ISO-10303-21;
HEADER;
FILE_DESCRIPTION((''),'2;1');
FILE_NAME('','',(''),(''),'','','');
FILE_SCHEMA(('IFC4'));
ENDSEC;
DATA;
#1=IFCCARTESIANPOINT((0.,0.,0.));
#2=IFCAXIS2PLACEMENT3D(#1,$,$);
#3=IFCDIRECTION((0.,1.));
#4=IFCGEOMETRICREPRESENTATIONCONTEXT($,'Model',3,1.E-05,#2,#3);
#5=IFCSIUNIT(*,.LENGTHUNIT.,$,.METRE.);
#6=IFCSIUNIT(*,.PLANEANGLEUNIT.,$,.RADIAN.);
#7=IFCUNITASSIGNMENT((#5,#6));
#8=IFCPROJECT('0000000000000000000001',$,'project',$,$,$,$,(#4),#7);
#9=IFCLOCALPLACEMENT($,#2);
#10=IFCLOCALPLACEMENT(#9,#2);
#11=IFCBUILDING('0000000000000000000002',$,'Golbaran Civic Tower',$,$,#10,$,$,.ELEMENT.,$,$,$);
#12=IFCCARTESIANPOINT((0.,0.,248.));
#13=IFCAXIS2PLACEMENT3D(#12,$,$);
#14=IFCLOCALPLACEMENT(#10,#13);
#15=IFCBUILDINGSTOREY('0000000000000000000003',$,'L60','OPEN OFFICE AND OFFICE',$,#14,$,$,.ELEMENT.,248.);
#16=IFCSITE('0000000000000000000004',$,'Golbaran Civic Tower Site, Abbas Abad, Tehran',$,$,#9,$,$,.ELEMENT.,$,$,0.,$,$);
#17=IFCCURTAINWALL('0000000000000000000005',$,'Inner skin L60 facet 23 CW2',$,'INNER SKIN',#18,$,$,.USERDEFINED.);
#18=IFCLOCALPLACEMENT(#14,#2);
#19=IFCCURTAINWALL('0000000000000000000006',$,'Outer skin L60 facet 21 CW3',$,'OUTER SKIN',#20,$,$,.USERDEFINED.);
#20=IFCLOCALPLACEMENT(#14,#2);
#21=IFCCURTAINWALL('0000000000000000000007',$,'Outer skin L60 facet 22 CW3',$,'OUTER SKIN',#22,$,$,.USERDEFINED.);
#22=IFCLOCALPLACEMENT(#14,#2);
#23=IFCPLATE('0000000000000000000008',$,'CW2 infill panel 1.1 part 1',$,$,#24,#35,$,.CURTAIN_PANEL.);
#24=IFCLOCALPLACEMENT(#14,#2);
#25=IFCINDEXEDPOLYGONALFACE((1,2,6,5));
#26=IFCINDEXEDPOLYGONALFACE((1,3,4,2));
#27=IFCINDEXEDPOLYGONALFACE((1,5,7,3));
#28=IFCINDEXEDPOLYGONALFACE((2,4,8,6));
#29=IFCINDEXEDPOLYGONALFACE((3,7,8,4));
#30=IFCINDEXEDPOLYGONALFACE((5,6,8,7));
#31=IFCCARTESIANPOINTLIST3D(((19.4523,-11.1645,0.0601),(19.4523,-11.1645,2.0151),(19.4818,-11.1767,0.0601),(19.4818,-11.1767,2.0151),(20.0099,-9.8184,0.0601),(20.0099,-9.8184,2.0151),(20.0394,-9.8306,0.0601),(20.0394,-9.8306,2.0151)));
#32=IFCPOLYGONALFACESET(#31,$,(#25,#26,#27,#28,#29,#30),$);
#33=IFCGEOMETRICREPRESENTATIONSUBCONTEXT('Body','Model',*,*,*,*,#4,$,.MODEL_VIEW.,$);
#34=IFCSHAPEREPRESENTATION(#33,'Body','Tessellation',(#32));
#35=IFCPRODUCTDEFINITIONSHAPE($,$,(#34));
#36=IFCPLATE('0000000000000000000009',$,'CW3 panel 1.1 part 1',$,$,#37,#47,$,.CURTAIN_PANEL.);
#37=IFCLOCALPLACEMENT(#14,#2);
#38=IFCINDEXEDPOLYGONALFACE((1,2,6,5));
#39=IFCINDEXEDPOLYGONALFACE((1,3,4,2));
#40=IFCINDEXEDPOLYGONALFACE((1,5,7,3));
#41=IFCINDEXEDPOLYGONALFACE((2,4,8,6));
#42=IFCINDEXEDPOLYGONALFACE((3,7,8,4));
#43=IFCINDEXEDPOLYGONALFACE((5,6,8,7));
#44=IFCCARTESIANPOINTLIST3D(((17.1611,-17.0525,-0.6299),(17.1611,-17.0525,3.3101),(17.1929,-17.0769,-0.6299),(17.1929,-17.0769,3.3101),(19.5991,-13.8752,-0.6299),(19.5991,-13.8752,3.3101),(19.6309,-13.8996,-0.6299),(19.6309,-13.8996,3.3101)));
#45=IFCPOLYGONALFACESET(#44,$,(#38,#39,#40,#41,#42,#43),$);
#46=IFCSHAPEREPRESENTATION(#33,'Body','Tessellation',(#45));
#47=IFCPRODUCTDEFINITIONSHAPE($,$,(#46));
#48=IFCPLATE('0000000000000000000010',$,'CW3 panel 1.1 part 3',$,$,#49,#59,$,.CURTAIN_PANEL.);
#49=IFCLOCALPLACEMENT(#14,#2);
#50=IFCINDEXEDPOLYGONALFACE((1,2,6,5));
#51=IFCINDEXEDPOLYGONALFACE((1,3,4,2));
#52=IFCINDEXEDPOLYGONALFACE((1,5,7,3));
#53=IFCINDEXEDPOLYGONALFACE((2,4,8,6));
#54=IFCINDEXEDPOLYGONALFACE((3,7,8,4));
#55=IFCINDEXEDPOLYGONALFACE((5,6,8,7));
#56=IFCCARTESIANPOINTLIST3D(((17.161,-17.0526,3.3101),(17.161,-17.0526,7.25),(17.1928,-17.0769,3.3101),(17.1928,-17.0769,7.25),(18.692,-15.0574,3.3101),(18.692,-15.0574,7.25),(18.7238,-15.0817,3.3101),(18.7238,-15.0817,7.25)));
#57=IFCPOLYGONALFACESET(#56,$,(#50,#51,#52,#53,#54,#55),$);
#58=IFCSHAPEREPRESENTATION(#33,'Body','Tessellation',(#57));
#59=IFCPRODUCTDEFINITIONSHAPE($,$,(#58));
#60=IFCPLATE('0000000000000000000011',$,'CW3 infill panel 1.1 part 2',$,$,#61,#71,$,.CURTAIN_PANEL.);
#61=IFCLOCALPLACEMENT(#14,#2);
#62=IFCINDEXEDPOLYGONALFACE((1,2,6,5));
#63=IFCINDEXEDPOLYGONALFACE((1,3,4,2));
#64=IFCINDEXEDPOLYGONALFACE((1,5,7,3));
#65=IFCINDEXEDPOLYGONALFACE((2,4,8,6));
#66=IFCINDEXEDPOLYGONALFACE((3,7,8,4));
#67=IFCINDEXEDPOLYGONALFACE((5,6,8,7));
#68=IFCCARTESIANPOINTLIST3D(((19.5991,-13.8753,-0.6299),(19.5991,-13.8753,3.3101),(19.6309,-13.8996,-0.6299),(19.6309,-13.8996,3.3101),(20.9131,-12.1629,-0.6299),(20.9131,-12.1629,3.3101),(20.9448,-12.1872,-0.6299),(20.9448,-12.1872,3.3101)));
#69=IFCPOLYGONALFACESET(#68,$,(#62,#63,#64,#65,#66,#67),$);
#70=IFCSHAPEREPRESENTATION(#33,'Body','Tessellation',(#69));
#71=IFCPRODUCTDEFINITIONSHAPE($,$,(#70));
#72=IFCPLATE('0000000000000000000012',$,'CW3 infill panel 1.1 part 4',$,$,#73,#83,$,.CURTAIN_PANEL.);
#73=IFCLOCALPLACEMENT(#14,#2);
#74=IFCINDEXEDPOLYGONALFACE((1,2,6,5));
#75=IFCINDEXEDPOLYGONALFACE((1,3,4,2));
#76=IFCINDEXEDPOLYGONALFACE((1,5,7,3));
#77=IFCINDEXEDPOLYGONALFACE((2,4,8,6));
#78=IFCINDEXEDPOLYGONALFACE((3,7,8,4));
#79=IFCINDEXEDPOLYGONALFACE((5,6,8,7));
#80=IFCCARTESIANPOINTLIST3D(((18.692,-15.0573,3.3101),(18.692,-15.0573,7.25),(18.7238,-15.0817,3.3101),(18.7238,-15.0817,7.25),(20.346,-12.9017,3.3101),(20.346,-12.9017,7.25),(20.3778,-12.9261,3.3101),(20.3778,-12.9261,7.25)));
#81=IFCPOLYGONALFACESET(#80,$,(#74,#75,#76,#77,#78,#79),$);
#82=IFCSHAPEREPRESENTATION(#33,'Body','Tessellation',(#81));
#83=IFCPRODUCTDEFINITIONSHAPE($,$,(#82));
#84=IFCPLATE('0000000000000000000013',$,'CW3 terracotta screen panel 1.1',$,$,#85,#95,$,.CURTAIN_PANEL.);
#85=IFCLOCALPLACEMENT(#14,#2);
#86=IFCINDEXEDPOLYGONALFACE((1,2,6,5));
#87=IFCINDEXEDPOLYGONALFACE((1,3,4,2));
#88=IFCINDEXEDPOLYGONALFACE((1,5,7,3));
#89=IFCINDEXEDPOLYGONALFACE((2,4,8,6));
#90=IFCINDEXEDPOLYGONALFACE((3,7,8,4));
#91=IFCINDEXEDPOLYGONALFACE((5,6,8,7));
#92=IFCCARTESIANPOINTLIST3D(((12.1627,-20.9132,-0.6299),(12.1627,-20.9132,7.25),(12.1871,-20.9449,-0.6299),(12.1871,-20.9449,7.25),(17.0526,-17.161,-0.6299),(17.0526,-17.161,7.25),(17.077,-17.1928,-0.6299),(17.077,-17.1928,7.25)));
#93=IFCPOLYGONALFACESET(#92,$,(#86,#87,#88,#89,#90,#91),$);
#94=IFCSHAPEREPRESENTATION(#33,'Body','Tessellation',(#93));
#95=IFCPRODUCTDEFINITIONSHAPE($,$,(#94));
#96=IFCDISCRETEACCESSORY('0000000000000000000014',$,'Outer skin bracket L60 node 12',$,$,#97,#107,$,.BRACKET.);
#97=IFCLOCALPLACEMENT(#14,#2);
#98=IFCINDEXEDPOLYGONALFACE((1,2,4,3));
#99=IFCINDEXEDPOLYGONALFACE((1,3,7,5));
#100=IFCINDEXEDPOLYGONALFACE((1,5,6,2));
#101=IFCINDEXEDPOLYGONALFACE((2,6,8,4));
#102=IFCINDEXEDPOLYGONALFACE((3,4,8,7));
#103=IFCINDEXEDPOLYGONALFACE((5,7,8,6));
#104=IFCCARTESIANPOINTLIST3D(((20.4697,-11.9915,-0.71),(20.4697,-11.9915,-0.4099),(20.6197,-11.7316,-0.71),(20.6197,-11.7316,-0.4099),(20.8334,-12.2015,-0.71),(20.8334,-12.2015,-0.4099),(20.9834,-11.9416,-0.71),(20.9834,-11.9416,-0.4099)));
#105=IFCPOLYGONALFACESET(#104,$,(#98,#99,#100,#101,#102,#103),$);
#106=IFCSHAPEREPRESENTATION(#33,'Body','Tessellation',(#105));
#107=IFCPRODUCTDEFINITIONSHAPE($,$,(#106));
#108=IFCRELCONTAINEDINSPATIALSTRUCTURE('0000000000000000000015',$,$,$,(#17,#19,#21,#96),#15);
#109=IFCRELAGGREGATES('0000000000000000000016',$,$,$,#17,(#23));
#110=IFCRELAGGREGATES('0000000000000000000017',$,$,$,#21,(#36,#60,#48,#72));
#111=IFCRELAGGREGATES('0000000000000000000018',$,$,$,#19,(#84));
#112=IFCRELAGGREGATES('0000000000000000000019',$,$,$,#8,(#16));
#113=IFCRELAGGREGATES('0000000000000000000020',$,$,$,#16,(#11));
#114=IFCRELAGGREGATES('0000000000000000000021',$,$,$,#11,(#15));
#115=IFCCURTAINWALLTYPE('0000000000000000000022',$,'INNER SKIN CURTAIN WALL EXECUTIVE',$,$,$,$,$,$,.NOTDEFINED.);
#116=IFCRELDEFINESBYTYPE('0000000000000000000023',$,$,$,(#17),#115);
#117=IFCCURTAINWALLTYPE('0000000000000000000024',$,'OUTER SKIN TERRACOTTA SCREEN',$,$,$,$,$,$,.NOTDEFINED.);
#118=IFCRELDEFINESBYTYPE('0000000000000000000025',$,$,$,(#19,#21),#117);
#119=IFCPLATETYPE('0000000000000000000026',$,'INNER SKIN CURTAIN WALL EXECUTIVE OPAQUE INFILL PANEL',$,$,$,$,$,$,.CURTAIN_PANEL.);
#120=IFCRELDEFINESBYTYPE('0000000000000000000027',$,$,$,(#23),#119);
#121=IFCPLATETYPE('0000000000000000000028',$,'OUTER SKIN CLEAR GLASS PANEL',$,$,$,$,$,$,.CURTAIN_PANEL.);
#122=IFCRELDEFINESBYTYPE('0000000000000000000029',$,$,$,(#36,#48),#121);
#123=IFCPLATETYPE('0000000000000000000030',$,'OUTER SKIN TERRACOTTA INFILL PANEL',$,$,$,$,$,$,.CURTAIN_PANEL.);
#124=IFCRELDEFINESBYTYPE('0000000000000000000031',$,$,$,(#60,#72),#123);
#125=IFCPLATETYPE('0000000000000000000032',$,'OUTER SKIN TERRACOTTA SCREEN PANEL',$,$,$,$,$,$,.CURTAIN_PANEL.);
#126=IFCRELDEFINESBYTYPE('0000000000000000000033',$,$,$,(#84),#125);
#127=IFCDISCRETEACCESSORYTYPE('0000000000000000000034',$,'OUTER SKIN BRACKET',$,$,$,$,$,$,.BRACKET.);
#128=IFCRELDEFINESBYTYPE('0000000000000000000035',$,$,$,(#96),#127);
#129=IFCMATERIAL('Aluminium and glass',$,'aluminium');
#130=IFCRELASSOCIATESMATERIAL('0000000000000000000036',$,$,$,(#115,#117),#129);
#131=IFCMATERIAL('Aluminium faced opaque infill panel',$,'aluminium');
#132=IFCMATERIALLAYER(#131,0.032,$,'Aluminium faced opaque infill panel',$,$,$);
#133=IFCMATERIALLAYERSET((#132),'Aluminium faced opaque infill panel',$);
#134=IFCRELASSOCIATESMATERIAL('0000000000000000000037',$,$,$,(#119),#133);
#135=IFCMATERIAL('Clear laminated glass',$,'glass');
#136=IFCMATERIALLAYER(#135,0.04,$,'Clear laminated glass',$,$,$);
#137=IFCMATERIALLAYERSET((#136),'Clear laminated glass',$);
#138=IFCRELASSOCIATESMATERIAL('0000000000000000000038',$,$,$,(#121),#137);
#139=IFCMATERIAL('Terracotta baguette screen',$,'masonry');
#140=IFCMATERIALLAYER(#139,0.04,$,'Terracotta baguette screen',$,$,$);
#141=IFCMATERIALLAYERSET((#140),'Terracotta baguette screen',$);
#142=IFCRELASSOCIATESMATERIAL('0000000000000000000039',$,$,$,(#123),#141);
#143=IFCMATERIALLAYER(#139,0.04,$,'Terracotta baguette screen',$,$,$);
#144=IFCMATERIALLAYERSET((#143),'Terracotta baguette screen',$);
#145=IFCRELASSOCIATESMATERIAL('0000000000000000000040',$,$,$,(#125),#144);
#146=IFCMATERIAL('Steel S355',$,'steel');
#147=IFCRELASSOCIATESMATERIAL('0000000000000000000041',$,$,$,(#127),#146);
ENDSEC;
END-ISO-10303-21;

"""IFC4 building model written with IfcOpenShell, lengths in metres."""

from ifc_helpers import new_model, si_unit, direction, frame, origin, origin_2d, place, context, subcontext, project, spatial, rectangle, extrude, material, layer, layer_set, type_object, element, aggregate, save


model = new_model("IFC4")

# Units and contexts
model_context = context("Model", 3, precision=1e-05, world=origin(), true_north=direction((0.0, 1.0)))
body_context = subcontext(model_context, "Body", "Model", "MODEL_VIEW")
ifc_project = project(units=[si_unit("LENGTHUNIT", "METRE"), si_unit("PLANEANGLEUNIT", "RADIAN")], contexts=[model_context])

# Site, building, storey
site_placement = place(None, origin())
site = spatial("IfcSite", under=ifc_project, at=site_placement, Name="Golbaran Civic Tower Site, Abbas Abad, Tehran", CompositionType="ELEMENT", RefElevation=0.0)
building_placement = place(site_placement, origin())
building = spatial("IfcBuilding", under=site, at=building_placement, Name="Golbaran Civic Tower", CompositionType="ELEMENT")
storey_placement = place(building_placement, frame((0.0, 0.0, 248.0)))
storey = spatial("IfcBuildingStorey", under=building, at=storey_placement, Name="L60", Description="OPEN OFFICE AND OFFICE", CompositionType="ELEMENT", Elevation=248.0)

# Shared definitions
ifc_material_1 = material(Name="Steel S355", Category="steel")

# Shared definitions
ifc_material_2 = material(Name="Aluminium and glass", Category="aluminium")
curtain_wall_type_1 = type_object("IfcCurtainWallType", Name="INNER SKIN CURTAIN WALL EXECUTIVE", PredefinedType="NOTDEFINED", material=ifc_material_2)

# Curtain wall
curtain_wall_1_placement = place(storey_placement, origin())
curtain_wall_1 = element("IfcCurtainWall", 1, at=curtain_wall_1_placement, inside=storey, type_object=curtain_wall_type_1, Name="Inner skin L60 facet 23 CW2", ObjectType="INNER SKIN", PredefinedType="USERDEFINED")

# Curtain wall
curtain_wall_type_2 = type_object("IfcCurtainWallType", Name="OUTER SKIN TERRACOTTA SCREEN", PredefinedType="NOTDEFINED", material=ifc_material_2)
curtain_wall_2_placement = place(storey_placement, origin())
curtain_wall_2 = element("IfcCurtainWall", 2, at=curtain_wall_2_placement, inside=storey, type_object=curtain_wall_type_2, Name="Outer skin L60 facet 21 CW3", ObjectType="OUTER SKIN", PredefinedType="USERDEFINED")

# Curtain wall
curtain_wall_3_placement = place(storey_placement, origin())
curtain_wall_3 = element("IfcCurtainWall", 3, at=curtain_wall_3_placement, inside=storey, type_object=curtain_wall_type_2, Name="Outer skin L60 facet 22 CW3", ObjectType="OUTER SKIN", PredefinedType="USERDEFINED")

# Plates
ifc_material_3 = material(Name="Aluminium faced opaque infill panel", Category="aluminium")
ifc_layer_1 = layer(ifc_material_3, 0.032, Name="Aluminium faced opaque infill panel")
ifc_layer_set_1 = layer_set([ifc_layer_1], Name="Aluminium faced opaque infill panel")
plate_type_1 = type_object("IfcPlateType", Name="INNER SKIN CURTAIN WALL EXECUTIVE OPAQUE INFILL PANEL", PredefinedType="CURTAIN_PANEL", material=ifc_layer_set_1)
plate_1_placement = place(storey_placement, frame((19.7458, -10.4976, 0.0601), z_axis=(0.0, 0.0, 1.0), x_axis=(0.382683, 0.92388, 0.0)))
plate_1 = element("IfcPlate", 4, at=plate_1_placement, type_object=plate_type_1, Name="CW2 infill panel 1.1 part 1", PredefinedType="CURTAIN_PANEL", context=body_context, shape_type="SweptSolid", body=[
    extrude(rectangle(XDim=1.457, YDim=0.032, at=origin_2d()), origin(), (0.0, 0.0, 1.0), 1.9551),
])
aggregate(curtain_wall_1, [plate_1])
ifc_material_4 = material(Name="Clear laminated glass", Category="glass")
ifc_layer_2 = layer(ifc_material_4, 0.04, Name="Clear laminated glass")
ifc_layer_set_2 = layer_set([ifc_layer_2], Name="Clear laminated glass")
plate_type_2 = type_object("IfcPlateType", Name="OUTER SKIN CLEAR GLASS PANEL", PredefinedType="CURTAIN_PANEL", material=ifc_layer_set_2)
plate_2_placement = place(storey_placement, frame((18.396, -15.4761, -0.6299), z_axis=(0.0, 0.0, 1.0), x_axis=(0.608761, 0.793353, 0.0)))
plate_2 = element("IfcPlate", 5, at=plate_2_placement, type_object=plate_type_2, Name="CW3 panel 1.1 part 1", PredefinedType="CURTAIN_PANEL", context=body_context, shape_type="SweptSolid", body=[
    extrude(rectangle(XDim=4.0049, YDim=0.04, at=origin_2d()), origin(), (0.0, 0.0, 1.0), 3.9399),
])
plate_3_placement = place(storey_placement, frame((17.9424, -16.0671, 3.3101), z_axis=(0.0, 0.0, 1.0), x_axis=(0.608761, 0.793353, 0.0)))
plate_3 = element("IfcPlate", 6, at=plate_3_placement, type_object=plate_type_2, Name="CW3 panel 1.1 part 3", PredefinedType="CURTAIN_PANEL", context=body_context, shape_type="SweptSolid", body=[
    extrude(rectangle(XDim=2.5149, YDim=0.04, at=origin_2d()), origin(), (0.0, 0.0, 1.0), 3.9399),
])
ifc_material_5 = material(Name="Terracotta baguette screen", Category="masonry")
ifc_layer_3 = layer(ifc_material_5, 0.04, Name="Terracotta baguette screen")
ifc_layer_set_3 = layer_set([ifc_layer_3], Name="Terracotta baguette screen")
plate_type_3 = type_object("IfcPlateType", Name="OUTER SKIN TERRACOTTA INFILL PANEL", PredefinedType="CURTAIN_PANEL", material=ifc_layer_set_3)
plate_4_placement = place(storey_placement, frame((20.272, -13.0312, -0.6299), z_axis=(0.0, 0.0, 1.0), x_axis=(0.608761, 0.793353, 0.0)))
plate_4 = element("IfcPlate", 7, at=plate_4_placement, type_object=plate_type_3, Name="CW3 infill panel 1.1 part 2", PredefinedType="CURTAIN_PANEL", context=body_context, shape_type="SweptSolid", body=[
    extrude(rectangle(XDim=2.1584, YDim=0.04, at=origin_2d()), origin(), (0.0, 0.0, 1.0), 3.9399),
])
plate_5_placement = place(storey_placement, frame((19.5349, -13.9917, 3.3101), z_axis=(0.0, 0.0, 1.0), x_axis=(0.608761, 0.793353, 0.0)))
plate_5 = element("IfcPlate", 8, at=plate_5_placement, type_object=plate_type_3, Name="CW3 infill panel 1.1 part 4", PredefinedType="CURTAIN_PANEL", context=body_context, shape_type="SweptSolid", body=[
    extrude(rectangle(XDim=2.717, YDim=0.04, at=origin_2d()), origin(), (0.0, 0.0, 1.0), 3.9399),
])
aggregate(curtain_wall_3, [plate_2, plate_4, plate_3, plate_5])
ifc_layer_4 = layer(ifc_material_5, 0.04, Name="Terracotta baguette screen")
ifc_layer_set_4 = layer_set([ifc_layer_4], Name="Terracotta baguette screen")
plate_type_4 = type_object("IfcPlateType", Name="OUTER SKIN TERRACOTTA SCREEN PANEL", PredefinedType="CURTAIN_PANEL", material=ifc_layer_set_4)
plate_6_placement = place(storey_placement, frame((14.6199, -19.053, -0.6299), z_axis=(0.0, 0.0, 1.0), x_axis=(0.793353, 0.608761, 0.0)))
plate_6 = element("IfcPlate", 9, at=plate_6_placement, type_object=plate_type_4, Name="CW3 terracotta screen panel 1.1", PredefinedType="CURTAIN_PANEL", context=body_context, shape_type="SweptSolid", body=[
    extrude(rectangle(XDim=6.1636, YDim=0.04, at=origin_2d()), origin(), (0.0, 0.0, 1.0), 7.8799),
])
aggregate(curtain_wall_2, [plate_6])

# Discrete accessory
discrete_accessory_type = type_object("IfcDiscreteAccessoryType", Name="OUTER SKIN BRACKET", PredefinedType="BRACKET", material=ifc_material_1)
discrete_accessory_placement = place(storey_placement, frame((20.7266, -11.9666, -0.71), z_axis=(0.0, 0.0, 1.0), x_axis=(0.866025, -0.5, 0.0)))
element("IfcDiscreteAccessory", 10, at=discrete_accessory_placement, inside=storey, type_object=discrete_accessory_type, Name="Outer skin bracket L60 node 12", PredefinedType="BRACKET", context=body_context, shape_type="SweptSolid", body=[
    extrude(rectangle(XDim=0.4199, YDim=0.3, at=origin_2d()), origin(), (0.0, 0.0, 1.0), 0.3),
])

save(model, "model.ifc")
